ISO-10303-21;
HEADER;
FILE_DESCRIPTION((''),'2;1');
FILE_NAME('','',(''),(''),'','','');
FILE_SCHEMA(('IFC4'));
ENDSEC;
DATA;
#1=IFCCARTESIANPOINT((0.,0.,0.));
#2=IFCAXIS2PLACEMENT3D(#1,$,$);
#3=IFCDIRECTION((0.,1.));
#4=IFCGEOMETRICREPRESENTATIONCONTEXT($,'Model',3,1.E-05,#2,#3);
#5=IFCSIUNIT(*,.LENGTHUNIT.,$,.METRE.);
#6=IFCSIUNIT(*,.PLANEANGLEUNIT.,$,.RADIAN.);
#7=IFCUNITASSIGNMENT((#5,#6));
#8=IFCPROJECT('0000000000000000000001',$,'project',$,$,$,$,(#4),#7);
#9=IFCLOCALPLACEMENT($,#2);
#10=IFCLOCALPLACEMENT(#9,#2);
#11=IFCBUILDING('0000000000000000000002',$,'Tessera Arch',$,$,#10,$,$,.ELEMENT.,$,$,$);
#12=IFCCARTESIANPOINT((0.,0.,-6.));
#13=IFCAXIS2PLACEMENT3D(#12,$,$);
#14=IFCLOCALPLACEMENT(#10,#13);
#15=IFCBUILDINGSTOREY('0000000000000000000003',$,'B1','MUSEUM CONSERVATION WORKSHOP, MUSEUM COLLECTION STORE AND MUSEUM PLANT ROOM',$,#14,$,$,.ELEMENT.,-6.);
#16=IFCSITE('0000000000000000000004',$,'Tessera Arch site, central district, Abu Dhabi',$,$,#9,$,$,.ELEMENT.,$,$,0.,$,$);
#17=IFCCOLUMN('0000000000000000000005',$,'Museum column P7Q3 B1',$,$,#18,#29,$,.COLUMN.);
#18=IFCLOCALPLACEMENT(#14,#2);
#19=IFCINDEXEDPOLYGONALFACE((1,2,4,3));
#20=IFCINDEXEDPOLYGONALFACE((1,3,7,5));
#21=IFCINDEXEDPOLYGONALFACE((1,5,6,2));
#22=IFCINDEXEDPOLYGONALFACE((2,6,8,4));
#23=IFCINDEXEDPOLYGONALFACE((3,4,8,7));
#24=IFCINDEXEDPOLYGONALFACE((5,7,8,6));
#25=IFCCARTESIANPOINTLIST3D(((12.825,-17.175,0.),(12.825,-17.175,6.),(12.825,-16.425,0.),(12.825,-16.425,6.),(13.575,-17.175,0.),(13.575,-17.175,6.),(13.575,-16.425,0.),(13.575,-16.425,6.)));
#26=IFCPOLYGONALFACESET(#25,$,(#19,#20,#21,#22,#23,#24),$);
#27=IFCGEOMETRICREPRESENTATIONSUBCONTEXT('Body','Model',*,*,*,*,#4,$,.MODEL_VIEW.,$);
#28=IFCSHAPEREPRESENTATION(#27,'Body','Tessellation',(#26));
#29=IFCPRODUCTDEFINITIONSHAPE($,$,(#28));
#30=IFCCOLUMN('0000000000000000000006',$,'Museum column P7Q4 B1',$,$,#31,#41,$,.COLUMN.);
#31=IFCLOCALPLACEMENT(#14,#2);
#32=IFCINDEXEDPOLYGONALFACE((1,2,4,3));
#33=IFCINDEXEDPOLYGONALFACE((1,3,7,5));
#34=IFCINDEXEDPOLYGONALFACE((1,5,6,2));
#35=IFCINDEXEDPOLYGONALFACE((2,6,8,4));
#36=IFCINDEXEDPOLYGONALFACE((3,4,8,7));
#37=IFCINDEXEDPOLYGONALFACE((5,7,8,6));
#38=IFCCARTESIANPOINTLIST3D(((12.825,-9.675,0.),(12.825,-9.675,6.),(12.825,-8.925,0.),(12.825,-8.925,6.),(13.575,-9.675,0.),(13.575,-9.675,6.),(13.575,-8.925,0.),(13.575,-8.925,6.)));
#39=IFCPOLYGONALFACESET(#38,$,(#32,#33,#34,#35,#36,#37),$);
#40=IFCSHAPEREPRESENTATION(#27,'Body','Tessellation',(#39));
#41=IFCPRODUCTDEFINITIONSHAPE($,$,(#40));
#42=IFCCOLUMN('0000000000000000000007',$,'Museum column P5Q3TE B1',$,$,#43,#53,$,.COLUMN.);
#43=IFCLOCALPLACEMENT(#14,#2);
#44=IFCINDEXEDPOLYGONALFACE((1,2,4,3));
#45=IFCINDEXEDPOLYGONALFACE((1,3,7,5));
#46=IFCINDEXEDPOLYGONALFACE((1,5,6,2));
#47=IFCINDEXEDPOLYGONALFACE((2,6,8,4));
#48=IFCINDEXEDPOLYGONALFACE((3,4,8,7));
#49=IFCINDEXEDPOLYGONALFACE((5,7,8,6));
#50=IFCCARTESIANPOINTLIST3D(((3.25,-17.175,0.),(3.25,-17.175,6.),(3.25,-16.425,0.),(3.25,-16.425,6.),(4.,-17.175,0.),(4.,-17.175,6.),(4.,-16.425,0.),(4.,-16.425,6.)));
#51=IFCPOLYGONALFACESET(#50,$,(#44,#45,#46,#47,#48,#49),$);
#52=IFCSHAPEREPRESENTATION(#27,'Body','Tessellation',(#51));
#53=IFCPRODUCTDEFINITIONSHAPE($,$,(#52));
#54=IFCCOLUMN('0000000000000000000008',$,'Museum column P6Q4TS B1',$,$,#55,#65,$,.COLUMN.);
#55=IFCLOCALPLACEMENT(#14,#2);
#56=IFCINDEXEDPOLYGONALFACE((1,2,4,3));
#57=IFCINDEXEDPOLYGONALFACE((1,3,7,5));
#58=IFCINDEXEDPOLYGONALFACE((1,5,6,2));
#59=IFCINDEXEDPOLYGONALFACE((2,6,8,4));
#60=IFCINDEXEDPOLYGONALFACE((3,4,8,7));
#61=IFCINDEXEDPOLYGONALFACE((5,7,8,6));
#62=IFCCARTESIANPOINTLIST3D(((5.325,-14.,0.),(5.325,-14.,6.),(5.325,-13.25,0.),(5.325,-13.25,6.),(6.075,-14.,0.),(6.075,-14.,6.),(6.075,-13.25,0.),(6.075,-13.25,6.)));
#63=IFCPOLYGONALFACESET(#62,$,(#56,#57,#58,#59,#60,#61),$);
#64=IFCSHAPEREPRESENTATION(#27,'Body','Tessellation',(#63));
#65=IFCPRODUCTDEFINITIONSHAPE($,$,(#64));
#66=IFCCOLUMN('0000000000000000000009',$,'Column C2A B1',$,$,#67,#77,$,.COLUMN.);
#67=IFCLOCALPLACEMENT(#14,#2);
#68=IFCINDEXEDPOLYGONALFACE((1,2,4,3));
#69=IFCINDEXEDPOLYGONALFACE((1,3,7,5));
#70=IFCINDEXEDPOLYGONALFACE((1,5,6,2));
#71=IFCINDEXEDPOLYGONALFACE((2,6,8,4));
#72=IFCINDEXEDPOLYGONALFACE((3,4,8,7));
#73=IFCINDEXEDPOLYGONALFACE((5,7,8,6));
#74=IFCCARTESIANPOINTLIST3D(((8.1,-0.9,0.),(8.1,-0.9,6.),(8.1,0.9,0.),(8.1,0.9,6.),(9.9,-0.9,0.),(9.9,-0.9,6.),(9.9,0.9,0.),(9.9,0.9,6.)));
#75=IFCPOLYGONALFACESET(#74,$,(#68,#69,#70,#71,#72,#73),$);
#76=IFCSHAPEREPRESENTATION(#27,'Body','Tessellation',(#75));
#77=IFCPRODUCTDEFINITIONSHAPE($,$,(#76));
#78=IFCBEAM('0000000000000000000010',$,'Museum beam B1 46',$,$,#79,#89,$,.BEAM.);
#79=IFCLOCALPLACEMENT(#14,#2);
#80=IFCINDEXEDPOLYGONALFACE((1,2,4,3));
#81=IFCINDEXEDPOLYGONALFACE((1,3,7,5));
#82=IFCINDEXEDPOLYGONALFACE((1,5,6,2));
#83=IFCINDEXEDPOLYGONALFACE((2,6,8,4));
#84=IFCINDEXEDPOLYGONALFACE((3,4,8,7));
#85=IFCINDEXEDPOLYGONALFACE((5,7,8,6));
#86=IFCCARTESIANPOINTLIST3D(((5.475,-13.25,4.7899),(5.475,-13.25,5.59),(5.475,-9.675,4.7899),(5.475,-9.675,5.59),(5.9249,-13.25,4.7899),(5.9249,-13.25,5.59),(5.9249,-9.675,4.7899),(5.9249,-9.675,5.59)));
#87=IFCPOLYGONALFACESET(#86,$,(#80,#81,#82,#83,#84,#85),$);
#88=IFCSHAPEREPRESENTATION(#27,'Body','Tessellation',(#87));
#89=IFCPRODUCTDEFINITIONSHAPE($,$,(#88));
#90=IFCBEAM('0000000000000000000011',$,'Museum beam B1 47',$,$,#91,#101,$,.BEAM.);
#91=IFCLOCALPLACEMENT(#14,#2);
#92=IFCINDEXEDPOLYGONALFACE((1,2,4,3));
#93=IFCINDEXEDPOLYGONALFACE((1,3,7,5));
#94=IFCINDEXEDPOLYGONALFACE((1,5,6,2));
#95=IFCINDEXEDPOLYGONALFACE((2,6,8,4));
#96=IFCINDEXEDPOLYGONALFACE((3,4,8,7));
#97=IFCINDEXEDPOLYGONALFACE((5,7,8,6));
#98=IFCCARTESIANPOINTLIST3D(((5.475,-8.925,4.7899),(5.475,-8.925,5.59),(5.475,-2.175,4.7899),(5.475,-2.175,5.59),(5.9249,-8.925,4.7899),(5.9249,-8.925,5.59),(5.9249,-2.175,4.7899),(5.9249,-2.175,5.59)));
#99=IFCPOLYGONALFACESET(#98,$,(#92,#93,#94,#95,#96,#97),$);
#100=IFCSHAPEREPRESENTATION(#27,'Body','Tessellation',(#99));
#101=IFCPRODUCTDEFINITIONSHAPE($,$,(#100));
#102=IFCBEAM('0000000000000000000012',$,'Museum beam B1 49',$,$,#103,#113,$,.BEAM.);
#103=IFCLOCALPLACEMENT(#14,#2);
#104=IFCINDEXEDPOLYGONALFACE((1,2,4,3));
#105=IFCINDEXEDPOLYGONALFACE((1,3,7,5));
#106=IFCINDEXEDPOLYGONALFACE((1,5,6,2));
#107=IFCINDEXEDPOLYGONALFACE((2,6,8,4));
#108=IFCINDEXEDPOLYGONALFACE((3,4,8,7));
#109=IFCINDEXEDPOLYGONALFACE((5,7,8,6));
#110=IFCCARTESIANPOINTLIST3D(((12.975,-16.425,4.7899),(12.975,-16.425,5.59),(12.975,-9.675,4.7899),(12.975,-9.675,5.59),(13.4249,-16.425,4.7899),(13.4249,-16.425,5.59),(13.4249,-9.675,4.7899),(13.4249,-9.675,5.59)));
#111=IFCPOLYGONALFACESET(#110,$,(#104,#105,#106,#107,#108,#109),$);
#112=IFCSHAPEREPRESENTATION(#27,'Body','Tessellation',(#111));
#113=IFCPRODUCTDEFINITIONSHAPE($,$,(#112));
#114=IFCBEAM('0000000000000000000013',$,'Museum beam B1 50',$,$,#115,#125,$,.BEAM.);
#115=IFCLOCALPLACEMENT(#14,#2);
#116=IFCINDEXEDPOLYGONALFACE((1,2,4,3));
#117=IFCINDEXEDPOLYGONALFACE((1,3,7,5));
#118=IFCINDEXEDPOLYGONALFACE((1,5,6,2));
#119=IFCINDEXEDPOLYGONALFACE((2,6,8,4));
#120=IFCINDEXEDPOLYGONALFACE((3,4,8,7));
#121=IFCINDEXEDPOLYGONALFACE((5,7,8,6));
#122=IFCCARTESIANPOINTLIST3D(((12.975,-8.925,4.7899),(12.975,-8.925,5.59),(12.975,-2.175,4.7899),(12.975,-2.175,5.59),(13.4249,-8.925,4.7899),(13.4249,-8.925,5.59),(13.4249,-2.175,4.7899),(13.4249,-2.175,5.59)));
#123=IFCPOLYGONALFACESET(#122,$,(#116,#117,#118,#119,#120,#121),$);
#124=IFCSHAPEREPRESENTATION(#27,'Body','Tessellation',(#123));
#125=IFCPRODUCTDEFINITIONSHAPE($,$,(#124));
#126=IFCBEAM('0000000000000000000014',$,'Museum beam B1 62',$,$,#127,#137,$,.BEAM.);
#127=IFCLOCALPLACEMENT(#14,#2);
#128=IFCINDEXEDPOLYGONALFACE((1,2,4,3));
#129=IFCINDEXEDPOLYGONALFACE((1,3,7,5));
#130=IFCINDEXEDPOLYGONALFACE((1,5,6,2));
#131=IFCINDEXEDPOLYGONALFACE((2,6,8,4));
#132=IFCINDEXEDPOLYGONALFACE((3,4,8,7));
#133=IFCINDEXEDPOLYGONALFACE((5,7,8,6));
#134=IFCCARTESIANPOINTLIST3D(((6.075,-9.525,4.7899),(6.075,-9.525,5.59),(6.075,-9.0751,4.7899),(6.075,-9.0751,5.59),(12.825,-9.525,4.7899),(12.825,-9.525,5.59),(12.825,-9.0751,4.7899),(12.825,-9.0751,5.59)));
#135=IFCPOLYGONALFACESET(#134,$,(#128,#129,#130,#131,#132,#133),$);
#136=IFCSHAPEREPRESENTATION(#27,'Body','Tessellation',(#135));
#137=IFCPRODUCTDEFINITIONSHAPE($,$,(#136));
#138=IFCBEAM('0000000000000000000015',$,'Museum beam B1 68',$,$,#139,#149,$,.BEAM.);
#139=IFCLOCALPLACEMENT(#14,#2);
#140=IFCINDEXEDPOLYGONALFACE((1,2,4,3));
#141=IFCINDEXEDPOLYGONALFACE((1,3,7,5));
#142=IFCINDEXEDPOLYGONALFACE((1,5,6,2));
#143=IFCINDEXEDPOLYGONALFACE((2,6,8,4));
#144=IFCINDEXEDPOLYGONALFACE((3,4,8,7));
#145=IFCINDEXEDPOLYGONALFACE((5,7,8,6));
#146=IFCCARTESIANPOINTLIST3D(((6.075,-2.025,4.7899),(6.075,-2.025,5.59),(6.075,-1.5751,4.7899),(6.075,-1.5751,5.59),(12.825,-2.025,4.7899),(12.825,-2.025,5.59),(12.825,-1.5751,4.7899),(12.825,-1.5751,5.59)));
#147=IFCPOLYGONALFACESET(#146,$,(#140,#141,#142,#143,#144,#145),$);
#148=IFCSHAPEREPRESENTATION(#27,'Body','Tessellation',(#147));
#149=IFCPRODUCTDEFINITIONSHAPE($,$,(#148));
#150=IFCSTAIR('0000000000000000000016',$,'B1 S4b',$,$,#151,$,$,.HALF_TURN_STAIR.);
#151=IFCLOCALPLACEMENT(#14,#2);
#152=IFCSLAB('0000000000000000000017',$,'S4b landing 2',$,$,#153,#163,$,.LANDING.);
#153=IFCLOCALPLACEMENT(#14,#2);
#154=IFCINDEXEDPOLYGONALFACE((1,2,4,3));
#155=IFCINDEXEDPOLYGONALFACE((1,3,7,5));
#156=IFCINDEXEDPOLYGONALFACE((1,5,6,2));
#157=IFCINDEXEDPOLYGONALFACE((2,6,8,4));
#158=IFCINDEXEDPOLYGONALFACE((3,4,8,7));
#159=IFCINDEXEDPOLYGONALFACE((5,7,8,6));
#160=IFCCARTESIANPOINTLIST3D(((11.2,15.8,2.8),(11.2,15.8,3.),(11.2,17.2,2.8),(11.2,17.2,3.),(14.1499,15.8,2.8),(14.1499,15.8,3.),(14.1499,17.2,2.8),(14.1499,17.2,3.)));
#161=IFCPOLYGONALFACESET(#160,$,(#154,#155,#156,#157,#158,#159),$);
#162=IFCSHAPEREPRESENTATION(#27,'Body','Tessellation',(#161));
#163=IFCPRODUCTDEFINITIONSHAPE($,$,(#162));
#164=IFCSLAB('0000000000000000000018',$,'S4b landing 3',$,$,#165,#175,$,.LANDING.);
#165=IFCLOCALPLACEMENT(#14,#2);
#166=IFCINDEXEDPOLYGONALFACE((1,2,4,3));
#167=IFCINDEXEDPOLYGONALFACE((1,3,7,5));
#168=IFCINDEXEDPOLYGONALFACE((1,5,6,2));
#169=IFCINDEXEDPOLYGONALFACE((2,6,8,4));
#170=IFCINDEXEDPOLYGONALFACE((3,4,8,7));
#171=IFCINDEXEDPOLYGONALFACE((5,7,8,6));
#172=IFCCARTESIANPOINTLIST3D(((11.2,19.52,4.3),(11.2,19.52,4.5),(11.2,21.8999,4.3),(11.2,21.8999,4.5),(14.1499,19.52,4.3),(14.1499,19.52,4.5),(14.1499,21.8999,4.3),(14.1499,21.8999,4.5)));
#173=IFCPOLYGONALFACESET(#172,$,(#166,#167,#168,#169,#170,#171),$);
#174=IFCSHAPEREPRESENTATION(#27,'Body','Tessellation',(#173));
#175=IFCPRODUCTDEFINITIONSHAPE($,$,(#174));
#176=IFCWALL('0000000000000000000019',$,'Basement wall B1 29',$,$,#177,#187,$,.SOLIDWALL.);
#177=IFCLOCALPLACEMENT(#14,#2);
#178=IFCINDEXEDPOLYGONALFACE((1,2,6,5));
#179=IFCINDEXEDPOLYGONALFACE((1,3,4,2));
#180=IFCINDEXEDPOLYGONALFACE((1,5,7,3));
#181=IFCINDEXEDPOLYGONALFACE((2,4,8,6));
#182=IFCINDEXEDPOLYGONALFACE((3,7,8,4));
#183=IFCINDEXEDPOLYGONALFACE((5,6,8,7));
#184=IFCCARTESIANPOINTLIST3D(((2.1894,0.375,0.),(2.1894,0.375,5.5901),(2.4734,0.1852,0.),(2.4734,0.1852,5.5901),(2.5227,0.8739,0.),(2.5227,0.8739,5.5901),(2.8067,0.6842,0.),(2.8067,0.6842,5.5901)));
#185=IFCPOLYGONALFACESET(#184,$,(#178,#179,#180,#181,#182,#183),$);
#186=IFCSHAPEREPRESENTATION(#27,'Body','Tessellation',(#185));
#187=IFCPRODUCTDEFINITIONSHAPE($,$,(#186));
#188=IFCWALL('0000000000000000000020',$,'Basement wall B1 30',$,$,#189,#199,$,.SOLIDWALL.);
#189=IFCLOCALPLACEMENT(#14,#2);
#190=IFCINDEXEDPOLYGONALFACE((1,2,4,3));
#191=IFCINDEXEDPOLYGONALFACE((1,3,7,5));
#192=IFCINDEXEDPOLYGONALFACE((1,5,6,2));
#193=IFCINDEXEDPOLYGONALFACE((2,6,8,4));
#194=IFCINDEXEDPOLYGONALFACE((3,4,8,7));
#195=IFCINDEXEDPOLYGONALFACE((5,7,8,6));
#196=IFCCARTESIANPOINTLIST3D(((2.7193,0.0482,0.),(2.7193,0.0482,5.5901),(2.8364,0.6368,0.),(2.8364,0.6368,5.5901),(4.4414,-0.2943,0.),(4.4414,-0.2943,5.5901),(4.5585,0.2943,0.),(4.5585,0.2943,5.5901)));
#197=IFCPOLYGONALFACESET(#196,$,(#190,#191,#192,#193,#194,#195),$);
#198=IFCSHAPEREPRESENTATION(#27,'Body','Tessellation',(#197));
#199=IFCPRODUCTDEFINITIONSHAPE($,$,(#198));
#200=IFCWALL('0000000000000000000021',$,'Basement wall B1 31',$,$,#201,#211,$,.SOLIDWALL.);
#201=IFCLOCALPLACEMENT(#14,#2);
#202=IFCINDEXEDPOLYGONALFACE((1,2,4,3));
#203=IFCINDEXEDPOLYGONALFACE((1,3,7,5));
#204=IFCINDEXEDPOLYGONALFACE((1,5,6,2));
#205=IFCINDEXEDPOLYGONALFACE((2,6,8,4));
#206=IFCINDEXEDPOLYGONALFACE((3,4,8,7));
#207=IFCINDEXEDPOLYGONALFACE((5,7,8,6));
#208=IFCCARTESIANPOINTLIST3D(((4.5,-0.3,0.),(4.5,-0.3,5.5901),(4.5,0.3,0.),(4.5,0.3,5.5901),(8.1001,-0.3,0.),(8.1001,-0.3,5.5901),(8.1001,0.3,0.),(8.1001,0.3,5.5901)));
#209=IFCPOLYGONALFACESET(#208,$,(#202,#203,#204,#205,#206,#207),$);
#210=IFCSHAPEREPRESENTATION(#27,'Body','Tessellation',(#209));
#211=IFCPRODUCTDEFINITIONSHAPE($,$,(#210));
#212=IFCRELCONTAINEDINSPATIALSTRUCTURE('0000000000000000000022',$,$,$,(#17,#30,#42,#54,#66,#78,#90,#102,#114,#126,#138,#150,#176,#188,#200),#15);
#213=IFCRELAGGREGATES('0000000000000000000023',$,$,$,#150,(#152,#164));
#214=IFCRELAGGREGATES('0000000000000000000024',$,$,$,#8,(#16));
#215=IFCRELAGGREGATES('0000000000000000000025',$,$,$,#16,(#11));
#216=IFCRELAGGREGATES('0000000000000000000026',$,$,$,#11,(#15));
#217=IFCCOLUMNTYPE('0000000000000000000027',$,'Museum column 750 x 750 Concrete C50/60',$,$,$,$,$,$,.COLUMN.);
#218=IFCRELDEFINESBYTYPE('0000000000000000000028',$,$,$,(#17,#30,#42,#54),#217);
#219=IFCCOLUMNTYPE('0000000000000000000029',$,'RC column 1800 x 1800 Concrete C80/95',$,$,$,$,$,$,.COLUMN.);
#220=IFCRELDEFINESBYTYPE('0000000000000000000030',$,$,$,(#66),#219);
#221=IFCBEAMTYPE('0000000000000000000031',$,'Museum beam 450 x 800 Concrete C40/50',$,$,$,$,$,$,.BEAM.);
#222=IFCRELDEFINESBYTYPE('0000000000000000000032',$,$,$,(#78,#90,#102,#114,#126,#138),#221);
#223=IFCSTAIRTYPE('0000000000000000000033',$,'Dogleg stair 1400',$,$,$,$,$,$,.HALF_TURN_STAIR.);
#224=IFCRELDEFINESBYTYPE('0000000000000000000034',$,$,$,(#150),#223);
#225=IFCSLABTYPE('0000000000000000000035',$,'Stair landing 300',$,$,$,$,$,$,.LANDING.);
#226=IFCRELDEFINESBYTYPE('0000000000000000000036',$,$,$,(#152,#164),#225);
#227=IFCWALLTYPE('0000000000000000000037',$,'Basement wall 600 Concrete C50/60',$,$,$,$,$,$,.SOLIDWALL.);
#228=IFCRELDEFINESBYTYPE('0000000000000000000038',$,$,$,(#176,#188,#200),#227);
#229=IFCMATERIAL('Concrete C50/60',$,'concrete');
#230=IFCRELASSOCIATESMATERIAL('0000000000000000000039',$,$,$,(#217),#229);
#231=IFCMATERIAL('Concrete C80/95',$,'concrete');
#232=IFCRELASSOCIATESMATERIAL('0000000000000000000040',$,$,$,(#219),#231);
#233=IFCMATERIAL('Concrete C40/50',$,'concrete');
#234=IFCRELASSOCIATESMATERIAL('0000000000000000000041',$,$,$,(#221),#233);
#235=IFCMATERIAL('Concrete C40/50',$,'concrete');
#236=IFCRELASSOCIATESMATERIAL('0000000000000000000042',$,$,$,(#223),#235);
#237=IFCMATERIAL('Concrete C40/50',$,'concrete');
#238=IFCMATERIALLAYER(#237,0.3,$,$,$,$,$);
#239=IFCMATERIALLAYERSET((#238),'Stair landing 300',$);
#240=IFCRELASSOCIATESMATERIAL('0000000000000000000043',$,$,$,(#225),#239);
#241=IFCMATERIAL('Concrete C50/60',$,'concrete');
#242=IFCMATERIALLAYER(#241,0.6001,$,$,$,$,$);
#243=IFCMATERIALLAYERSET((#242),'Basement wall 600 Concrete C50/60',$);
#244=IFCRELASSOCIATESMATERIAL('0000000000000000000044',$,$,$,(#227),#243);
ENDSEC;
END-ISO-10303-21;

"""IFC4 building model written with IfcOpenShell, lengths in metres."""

from ifc_helpers import new_model, si_unit, direction, frame, frame_2d, origin, origin_2d, place, context, subcontext, project, spatial, polyline, rectangle, outline, extrude, material, layer, layer_set, material_profile, profile_set, type_object, element, aggregate, save


model = new_model("IFC4")

# Units and contexts
model_context = context("Model", 3, precision=1e-05, world=origin(), true_north=direction((0.0, 1.0)))
body_context = subcontext(model_context, "Body", "Model", "MODEL_VIEW")
ifc_project = project(units=[si_unit("LENGTHUNIT", "METRE"), si_unit("PLANEANGLEUNIT", "RADIAN")], contexts=[model_context])

# Site, building, storey
site_placement = place(None, origin())
site = spatial("IfcSite", under=ifc_project, at=site_placement, Name="Tessera Arch site, central district, Abu Dhabi", CompositionType="ELEMENT", RefElevation=0.0)
building_placement = place(site_placement, origin())
building = spatial("IfcBuilding", under=site, at=building_placement, Name="Tessera Arch", CompositionType="ELEMENT")
storey_placement = place(building_placement, frame((0.0, 0.0, -6.0)))
storey = spatial("IfcBuildingStorey", under=building, at=storey_placement, Name="B1", Description="MUSEUM CONSERVATION WORKSHOP, MUSEUM COLLECTION STORE AND MUSEUM PLANT ROOM", CompositionType="ELEMENT", Elevation=-6.0)

# Columns
ifc_material_1 = material(Name="Concrete C50/60", Category="concrete")
ifc_material_profile_1 = material_profile(ifc_material_1, rectangle(XDim=0.75, YDim=0.75, at=origin_2d()), Name="Museum column 750 x 750 Concrete C50/60")
ifc_profile_set_1 = profile_set([ifc_material_profile_1], Name="Concrete C50/60")
column_type_1 = type_object("IfcColumnType", Name="Museum column 750 x 750 Concrete C50/60", PredefinedType="COLUMN", material=ifc_profile_set_1)
for number, where, z_axis, x_axis, name in (
    (1, (13.2, -16.8, 0.0), (0.0, 0.0, 1.0), (1.0, 0.0, 0.0), "Museum column P7Q3 B1"),
    (2, (13.2, -9.3, 0.0), (0.0, 0.0, 1.0), (1.0, 0.0, 0.0), "Museum column P7Q4 B1"),
    (3, (3.625, -16.8, 0.0), (0.0, 0.0, 1.0), (1.0, 0.0, 0.0), "Museum column P5Q3TE B1"),
    (4, (5.7, -13.625, 0.0), (0.0, 0.0, 1.0), (1.0, 0.0, 0.0), "Museum column P6Q4TS B1"),
):
    element("IfcColumn", number, at=place(storey_placement, frame(where, z_axis=z_axis, x_axis=x_axis)), inside=storey, type_object=column_type_1, Name=name, PredefinedType="COLUMN", context=body_context, shape_type="SweptSolid", body=[
        extrude(rectangle(XDim=0.75, YDim=0.75, at=origin_2d()), origin(), (0.0, 0.0, 1.0), 6.0),
    ])
ifc_material_2 = material(Name="Concrete C80/95", Category="concrete")
ifc_material_profile_2 = material_profile(ifc_material_2, rectangle(XDim=1.8, YDim=1.8, at=origin_2d()), Name="RC column 1800 x 1800 Concrete C80/95")
ifc_profile_set_2 = profile_set([ifc_material_profile_2], Name="Concrete C80/95")
column_type_2 = type_object("IfcColumnType", Name="RC column 1800 x 1800 Concrete C80/95", PredefinedType="COLUMN", material=ifc_profile_set_2)
column_placement = place(storey_placement, frame((9.0, 0.0, 0.0), z_axis=(0.0, 0.0, 1.0), x_axis=(1.0, 0.0, 0.0)))
element("IfcColumn", 5, at=column_placement, inside=storey, type_object=column_type_2, Name="Column C2A B1", PredefinedType="COLUMN", context=body_context, shape_type="SweptSolid", body=[
    extrude(rectangle(XDim=1.8, YDim=1.8, at=origin_2d()), origin(), (0.0, 0.0, 1.0), 6.0),
])

# Beams
ifc_material_3 = material(Name="Concrete C40/50", Category="concrete")
ifc_material_profile_3 = material_profile(ifc_material_3, rectangle(XDim=0.45, YDim=0.8, at=origin_2d()), Name="Museum beam 450 x 800 Concrete C40/50")
ifc_profile_set_3 = profile_set([ifc_material_profile_3], Name="Concrete C40/50")
beam_type = type_object("IfcBeamType", Name="Museum beam 450 x 800 Concrete C40/50", PredefinedType="BEAM", material=ifc_profile_set_3)
beam_placement = place(storey_placement, frame((5.7, -13.25, 5.1899), z_axis=(0.0, 1.0, 0.0), x_axis=(-1.0, 0.0, 0.0)))
element("IfcBeam", 6, at=beam_placement, inside=storey, type_object=beam_type, Name="Museum beam B1 46", PredefinedType="BEAM", context=body_context, shape_type="SweptSolid", body=[
    extrude(rectangle(XDim=0.45, YDim=0.8, at=origin_2d()), origin(), (0.0, 0.0, 1.0), 3.575),
])
for number, where, z_axis, x_axis, name in (
    (7, (5.7, -8.925, 5.1899), (0.0, 1.0, 0.0), (-1.0, 0.0, 0.0), "Museum beam B1 47"),
    (8, (13.2, -16.425, 5.1899), (0.0, 1.0, 0.0), (-1.0, 0.0, 0.0), "Museum beam B1 49"),
    (9, (13.2, -8.925, 5.1899), (0.0, 1.0, 0.0), (-1.0, 0.0, 0.0), "Museum beam B1 50"),
    (10, (6.075, -9.3, 5.1899), (1.0, 0.0, 0.0), (0.0, 1.0, 0.0), "Museum beam B1 62"),
    (11, (6.075, -1.8, 5.1899), (1.0, 0.0, 0.0), (0.0, 1.0, 0.0), "Museum beam B1 68"),
):
    element("IfcBeam", number, at=place(storey_placement, frame(where, z_axis=z_axis, x_axis=x_axis)), inside=storey, type_object=beam_type, Name=name, PredefinedType="BEAM", context=body_context, shape_type="SweptSolid", body=[
        extrude(rectangle(XDim=0.45, YDim=0.8, at=origin_2d()), origin(), (0.0, 0.0, 1.0), 6.75),
    ])

# Stair, slabs
ifc_material_4 = material(Name="Concrete C40/50", Category="concrete")
stair_type = type_object("IfcStairType", Name="Dogleg stair 1400", PredefinedType="HALF_TURN_STAIR", material=ifc_material_4)
stair_placement = place(storey_placement, origin())
stair = element("IfcStair", 12, at=stair_placement, inside=storey, type_object=stair_type, Name="B1 S4b", PredefinedType="HALF_TURN_STAIR")
ifc_material_5 = material(Name="Concrete C40/50", Category="concrete")
ifc_layer_1 = layer(ifc_material_5, 0.3)
ifc_layer_set_1 = layer_set([ifc_layer_1], Name="Stair landing 300")
slab_type = type_object("IfcSlabType", Name="Stair landing 300", PredefinedType="LANDING", material=ifc_layer_set_1)
slab_1_placement = place(storey_placement, frame((0.0, 0.0, 2.8)))
slab_1 = element("IfcSlab", 13, at=slab_1_placement, type_object=slab_type, Name="S4b landing 2", PredefinedType="LANDING", context=body_context, shape_type="SweptSolid", body=[
    extrude(outline(polyline([(14.1499, 15.8), (14.1499, 17.2), (11.2, 17.2), (11.2, 15.8), (14.1499, 15.8)])), origin(), (0.0, 0.0, 1.0), 0.2),
])
slab_2_placement = place(storey_placement, frame((0.0, 0.0, 4.3)))
slab_2 = element("IfcSlab", 14, at=slab_2_placement, type_object=slab_type, Name="S4b landing 3", PredefinedType="LANDING", context=body_context, shape_type="SweptSolid", body=[
    extrude(outline(polyline([(14.1499, 19.52), (14.1499, 21.8999), (11.2, 21.8999), (11.2, 19.52), (14.1499, 19.52)])), origin(), (0.0, 0.0, 1.0), 0.2),
])
aggregate(stair, [slab_1, slab_2])

# Walls
ifc_material_6 = material(Name="Concrete C50/60", Category="concrete")
ifc_layer_2 = layer(ifc_material_6, 0.6001)
ifc_layer_set_2 = layer_set([ifc_layer_2], Name="Basement wall 600 Concrete C50/60")
wall_type_1 = type_object("IfcWallType", Name="Basement wall 600 Concrete C50/60", PredefinedType="SOLIDWALL", material=ifc_layer_set_2)
wall_1_placement = place(storey_placement, frame((2.356, 0.6245, 0.0), z_axis=(0.0, 0.0, 1.0), x_axis=(0.8315, -0.555525, 0.0)))
element("IfcWall", 15, at=wall_1_placement, inside=storey, type_object=wall_type_1, Name="Basement wall B1 29", PredefinedType="SOLIDWALL", context=body_context, shape_type="SweptSolid", body=[
    extrude(rectangle(XDim=0.3416, YDim=0.6001, at=frame_2d((0.1709, 0.0))), origin(), (0.0, 0.0, 1.0), 5.5901),
])
wall_2_placement = place(storey_placement, frame((2.7778, 0.3425, 0.0), z_axis=(0.0, 0.0, 1.0), x_axis=(0.980789, -0.195073, 0.0)))
element("IfcWall", 16, at=wall_2_placement, inside=storey, type_object=wall_type_1, Name="Basement wall B1 30", PredefinedType="SOLIDWALL", context=body_context, shape_type="SweptSolid", body=[
    extrude(rectangle(XDim=1.7559, YDim=0.6001, at=frame_2d((0.8779, 0.0))), origin(), (0.0, 0.0, 1.0), 5.5901),
])
wall_3_placement = place(storey_placement, frame((4.5, 0.0, 0.0), z_axis=(0.0, 0.0, 1.0), x_axis=(1.0, 0.0, 0.0)))
element("IfcWall", 17, at=wall_3_placement, inside=storey, type_object=wall_type_1, Name="Basement wall B1 31", PredefinedType="SOLIDWALL", context=body_context, shape_type="SweptSolid", body=[
    extrude(rectangle(XDim=3.6001, YDim=0.6001, at=frame_2d((1.8, 0.0))), origin(), (0.0, 0.0, 1.0), 5.5901),
])

save(model, "model.ifc")
